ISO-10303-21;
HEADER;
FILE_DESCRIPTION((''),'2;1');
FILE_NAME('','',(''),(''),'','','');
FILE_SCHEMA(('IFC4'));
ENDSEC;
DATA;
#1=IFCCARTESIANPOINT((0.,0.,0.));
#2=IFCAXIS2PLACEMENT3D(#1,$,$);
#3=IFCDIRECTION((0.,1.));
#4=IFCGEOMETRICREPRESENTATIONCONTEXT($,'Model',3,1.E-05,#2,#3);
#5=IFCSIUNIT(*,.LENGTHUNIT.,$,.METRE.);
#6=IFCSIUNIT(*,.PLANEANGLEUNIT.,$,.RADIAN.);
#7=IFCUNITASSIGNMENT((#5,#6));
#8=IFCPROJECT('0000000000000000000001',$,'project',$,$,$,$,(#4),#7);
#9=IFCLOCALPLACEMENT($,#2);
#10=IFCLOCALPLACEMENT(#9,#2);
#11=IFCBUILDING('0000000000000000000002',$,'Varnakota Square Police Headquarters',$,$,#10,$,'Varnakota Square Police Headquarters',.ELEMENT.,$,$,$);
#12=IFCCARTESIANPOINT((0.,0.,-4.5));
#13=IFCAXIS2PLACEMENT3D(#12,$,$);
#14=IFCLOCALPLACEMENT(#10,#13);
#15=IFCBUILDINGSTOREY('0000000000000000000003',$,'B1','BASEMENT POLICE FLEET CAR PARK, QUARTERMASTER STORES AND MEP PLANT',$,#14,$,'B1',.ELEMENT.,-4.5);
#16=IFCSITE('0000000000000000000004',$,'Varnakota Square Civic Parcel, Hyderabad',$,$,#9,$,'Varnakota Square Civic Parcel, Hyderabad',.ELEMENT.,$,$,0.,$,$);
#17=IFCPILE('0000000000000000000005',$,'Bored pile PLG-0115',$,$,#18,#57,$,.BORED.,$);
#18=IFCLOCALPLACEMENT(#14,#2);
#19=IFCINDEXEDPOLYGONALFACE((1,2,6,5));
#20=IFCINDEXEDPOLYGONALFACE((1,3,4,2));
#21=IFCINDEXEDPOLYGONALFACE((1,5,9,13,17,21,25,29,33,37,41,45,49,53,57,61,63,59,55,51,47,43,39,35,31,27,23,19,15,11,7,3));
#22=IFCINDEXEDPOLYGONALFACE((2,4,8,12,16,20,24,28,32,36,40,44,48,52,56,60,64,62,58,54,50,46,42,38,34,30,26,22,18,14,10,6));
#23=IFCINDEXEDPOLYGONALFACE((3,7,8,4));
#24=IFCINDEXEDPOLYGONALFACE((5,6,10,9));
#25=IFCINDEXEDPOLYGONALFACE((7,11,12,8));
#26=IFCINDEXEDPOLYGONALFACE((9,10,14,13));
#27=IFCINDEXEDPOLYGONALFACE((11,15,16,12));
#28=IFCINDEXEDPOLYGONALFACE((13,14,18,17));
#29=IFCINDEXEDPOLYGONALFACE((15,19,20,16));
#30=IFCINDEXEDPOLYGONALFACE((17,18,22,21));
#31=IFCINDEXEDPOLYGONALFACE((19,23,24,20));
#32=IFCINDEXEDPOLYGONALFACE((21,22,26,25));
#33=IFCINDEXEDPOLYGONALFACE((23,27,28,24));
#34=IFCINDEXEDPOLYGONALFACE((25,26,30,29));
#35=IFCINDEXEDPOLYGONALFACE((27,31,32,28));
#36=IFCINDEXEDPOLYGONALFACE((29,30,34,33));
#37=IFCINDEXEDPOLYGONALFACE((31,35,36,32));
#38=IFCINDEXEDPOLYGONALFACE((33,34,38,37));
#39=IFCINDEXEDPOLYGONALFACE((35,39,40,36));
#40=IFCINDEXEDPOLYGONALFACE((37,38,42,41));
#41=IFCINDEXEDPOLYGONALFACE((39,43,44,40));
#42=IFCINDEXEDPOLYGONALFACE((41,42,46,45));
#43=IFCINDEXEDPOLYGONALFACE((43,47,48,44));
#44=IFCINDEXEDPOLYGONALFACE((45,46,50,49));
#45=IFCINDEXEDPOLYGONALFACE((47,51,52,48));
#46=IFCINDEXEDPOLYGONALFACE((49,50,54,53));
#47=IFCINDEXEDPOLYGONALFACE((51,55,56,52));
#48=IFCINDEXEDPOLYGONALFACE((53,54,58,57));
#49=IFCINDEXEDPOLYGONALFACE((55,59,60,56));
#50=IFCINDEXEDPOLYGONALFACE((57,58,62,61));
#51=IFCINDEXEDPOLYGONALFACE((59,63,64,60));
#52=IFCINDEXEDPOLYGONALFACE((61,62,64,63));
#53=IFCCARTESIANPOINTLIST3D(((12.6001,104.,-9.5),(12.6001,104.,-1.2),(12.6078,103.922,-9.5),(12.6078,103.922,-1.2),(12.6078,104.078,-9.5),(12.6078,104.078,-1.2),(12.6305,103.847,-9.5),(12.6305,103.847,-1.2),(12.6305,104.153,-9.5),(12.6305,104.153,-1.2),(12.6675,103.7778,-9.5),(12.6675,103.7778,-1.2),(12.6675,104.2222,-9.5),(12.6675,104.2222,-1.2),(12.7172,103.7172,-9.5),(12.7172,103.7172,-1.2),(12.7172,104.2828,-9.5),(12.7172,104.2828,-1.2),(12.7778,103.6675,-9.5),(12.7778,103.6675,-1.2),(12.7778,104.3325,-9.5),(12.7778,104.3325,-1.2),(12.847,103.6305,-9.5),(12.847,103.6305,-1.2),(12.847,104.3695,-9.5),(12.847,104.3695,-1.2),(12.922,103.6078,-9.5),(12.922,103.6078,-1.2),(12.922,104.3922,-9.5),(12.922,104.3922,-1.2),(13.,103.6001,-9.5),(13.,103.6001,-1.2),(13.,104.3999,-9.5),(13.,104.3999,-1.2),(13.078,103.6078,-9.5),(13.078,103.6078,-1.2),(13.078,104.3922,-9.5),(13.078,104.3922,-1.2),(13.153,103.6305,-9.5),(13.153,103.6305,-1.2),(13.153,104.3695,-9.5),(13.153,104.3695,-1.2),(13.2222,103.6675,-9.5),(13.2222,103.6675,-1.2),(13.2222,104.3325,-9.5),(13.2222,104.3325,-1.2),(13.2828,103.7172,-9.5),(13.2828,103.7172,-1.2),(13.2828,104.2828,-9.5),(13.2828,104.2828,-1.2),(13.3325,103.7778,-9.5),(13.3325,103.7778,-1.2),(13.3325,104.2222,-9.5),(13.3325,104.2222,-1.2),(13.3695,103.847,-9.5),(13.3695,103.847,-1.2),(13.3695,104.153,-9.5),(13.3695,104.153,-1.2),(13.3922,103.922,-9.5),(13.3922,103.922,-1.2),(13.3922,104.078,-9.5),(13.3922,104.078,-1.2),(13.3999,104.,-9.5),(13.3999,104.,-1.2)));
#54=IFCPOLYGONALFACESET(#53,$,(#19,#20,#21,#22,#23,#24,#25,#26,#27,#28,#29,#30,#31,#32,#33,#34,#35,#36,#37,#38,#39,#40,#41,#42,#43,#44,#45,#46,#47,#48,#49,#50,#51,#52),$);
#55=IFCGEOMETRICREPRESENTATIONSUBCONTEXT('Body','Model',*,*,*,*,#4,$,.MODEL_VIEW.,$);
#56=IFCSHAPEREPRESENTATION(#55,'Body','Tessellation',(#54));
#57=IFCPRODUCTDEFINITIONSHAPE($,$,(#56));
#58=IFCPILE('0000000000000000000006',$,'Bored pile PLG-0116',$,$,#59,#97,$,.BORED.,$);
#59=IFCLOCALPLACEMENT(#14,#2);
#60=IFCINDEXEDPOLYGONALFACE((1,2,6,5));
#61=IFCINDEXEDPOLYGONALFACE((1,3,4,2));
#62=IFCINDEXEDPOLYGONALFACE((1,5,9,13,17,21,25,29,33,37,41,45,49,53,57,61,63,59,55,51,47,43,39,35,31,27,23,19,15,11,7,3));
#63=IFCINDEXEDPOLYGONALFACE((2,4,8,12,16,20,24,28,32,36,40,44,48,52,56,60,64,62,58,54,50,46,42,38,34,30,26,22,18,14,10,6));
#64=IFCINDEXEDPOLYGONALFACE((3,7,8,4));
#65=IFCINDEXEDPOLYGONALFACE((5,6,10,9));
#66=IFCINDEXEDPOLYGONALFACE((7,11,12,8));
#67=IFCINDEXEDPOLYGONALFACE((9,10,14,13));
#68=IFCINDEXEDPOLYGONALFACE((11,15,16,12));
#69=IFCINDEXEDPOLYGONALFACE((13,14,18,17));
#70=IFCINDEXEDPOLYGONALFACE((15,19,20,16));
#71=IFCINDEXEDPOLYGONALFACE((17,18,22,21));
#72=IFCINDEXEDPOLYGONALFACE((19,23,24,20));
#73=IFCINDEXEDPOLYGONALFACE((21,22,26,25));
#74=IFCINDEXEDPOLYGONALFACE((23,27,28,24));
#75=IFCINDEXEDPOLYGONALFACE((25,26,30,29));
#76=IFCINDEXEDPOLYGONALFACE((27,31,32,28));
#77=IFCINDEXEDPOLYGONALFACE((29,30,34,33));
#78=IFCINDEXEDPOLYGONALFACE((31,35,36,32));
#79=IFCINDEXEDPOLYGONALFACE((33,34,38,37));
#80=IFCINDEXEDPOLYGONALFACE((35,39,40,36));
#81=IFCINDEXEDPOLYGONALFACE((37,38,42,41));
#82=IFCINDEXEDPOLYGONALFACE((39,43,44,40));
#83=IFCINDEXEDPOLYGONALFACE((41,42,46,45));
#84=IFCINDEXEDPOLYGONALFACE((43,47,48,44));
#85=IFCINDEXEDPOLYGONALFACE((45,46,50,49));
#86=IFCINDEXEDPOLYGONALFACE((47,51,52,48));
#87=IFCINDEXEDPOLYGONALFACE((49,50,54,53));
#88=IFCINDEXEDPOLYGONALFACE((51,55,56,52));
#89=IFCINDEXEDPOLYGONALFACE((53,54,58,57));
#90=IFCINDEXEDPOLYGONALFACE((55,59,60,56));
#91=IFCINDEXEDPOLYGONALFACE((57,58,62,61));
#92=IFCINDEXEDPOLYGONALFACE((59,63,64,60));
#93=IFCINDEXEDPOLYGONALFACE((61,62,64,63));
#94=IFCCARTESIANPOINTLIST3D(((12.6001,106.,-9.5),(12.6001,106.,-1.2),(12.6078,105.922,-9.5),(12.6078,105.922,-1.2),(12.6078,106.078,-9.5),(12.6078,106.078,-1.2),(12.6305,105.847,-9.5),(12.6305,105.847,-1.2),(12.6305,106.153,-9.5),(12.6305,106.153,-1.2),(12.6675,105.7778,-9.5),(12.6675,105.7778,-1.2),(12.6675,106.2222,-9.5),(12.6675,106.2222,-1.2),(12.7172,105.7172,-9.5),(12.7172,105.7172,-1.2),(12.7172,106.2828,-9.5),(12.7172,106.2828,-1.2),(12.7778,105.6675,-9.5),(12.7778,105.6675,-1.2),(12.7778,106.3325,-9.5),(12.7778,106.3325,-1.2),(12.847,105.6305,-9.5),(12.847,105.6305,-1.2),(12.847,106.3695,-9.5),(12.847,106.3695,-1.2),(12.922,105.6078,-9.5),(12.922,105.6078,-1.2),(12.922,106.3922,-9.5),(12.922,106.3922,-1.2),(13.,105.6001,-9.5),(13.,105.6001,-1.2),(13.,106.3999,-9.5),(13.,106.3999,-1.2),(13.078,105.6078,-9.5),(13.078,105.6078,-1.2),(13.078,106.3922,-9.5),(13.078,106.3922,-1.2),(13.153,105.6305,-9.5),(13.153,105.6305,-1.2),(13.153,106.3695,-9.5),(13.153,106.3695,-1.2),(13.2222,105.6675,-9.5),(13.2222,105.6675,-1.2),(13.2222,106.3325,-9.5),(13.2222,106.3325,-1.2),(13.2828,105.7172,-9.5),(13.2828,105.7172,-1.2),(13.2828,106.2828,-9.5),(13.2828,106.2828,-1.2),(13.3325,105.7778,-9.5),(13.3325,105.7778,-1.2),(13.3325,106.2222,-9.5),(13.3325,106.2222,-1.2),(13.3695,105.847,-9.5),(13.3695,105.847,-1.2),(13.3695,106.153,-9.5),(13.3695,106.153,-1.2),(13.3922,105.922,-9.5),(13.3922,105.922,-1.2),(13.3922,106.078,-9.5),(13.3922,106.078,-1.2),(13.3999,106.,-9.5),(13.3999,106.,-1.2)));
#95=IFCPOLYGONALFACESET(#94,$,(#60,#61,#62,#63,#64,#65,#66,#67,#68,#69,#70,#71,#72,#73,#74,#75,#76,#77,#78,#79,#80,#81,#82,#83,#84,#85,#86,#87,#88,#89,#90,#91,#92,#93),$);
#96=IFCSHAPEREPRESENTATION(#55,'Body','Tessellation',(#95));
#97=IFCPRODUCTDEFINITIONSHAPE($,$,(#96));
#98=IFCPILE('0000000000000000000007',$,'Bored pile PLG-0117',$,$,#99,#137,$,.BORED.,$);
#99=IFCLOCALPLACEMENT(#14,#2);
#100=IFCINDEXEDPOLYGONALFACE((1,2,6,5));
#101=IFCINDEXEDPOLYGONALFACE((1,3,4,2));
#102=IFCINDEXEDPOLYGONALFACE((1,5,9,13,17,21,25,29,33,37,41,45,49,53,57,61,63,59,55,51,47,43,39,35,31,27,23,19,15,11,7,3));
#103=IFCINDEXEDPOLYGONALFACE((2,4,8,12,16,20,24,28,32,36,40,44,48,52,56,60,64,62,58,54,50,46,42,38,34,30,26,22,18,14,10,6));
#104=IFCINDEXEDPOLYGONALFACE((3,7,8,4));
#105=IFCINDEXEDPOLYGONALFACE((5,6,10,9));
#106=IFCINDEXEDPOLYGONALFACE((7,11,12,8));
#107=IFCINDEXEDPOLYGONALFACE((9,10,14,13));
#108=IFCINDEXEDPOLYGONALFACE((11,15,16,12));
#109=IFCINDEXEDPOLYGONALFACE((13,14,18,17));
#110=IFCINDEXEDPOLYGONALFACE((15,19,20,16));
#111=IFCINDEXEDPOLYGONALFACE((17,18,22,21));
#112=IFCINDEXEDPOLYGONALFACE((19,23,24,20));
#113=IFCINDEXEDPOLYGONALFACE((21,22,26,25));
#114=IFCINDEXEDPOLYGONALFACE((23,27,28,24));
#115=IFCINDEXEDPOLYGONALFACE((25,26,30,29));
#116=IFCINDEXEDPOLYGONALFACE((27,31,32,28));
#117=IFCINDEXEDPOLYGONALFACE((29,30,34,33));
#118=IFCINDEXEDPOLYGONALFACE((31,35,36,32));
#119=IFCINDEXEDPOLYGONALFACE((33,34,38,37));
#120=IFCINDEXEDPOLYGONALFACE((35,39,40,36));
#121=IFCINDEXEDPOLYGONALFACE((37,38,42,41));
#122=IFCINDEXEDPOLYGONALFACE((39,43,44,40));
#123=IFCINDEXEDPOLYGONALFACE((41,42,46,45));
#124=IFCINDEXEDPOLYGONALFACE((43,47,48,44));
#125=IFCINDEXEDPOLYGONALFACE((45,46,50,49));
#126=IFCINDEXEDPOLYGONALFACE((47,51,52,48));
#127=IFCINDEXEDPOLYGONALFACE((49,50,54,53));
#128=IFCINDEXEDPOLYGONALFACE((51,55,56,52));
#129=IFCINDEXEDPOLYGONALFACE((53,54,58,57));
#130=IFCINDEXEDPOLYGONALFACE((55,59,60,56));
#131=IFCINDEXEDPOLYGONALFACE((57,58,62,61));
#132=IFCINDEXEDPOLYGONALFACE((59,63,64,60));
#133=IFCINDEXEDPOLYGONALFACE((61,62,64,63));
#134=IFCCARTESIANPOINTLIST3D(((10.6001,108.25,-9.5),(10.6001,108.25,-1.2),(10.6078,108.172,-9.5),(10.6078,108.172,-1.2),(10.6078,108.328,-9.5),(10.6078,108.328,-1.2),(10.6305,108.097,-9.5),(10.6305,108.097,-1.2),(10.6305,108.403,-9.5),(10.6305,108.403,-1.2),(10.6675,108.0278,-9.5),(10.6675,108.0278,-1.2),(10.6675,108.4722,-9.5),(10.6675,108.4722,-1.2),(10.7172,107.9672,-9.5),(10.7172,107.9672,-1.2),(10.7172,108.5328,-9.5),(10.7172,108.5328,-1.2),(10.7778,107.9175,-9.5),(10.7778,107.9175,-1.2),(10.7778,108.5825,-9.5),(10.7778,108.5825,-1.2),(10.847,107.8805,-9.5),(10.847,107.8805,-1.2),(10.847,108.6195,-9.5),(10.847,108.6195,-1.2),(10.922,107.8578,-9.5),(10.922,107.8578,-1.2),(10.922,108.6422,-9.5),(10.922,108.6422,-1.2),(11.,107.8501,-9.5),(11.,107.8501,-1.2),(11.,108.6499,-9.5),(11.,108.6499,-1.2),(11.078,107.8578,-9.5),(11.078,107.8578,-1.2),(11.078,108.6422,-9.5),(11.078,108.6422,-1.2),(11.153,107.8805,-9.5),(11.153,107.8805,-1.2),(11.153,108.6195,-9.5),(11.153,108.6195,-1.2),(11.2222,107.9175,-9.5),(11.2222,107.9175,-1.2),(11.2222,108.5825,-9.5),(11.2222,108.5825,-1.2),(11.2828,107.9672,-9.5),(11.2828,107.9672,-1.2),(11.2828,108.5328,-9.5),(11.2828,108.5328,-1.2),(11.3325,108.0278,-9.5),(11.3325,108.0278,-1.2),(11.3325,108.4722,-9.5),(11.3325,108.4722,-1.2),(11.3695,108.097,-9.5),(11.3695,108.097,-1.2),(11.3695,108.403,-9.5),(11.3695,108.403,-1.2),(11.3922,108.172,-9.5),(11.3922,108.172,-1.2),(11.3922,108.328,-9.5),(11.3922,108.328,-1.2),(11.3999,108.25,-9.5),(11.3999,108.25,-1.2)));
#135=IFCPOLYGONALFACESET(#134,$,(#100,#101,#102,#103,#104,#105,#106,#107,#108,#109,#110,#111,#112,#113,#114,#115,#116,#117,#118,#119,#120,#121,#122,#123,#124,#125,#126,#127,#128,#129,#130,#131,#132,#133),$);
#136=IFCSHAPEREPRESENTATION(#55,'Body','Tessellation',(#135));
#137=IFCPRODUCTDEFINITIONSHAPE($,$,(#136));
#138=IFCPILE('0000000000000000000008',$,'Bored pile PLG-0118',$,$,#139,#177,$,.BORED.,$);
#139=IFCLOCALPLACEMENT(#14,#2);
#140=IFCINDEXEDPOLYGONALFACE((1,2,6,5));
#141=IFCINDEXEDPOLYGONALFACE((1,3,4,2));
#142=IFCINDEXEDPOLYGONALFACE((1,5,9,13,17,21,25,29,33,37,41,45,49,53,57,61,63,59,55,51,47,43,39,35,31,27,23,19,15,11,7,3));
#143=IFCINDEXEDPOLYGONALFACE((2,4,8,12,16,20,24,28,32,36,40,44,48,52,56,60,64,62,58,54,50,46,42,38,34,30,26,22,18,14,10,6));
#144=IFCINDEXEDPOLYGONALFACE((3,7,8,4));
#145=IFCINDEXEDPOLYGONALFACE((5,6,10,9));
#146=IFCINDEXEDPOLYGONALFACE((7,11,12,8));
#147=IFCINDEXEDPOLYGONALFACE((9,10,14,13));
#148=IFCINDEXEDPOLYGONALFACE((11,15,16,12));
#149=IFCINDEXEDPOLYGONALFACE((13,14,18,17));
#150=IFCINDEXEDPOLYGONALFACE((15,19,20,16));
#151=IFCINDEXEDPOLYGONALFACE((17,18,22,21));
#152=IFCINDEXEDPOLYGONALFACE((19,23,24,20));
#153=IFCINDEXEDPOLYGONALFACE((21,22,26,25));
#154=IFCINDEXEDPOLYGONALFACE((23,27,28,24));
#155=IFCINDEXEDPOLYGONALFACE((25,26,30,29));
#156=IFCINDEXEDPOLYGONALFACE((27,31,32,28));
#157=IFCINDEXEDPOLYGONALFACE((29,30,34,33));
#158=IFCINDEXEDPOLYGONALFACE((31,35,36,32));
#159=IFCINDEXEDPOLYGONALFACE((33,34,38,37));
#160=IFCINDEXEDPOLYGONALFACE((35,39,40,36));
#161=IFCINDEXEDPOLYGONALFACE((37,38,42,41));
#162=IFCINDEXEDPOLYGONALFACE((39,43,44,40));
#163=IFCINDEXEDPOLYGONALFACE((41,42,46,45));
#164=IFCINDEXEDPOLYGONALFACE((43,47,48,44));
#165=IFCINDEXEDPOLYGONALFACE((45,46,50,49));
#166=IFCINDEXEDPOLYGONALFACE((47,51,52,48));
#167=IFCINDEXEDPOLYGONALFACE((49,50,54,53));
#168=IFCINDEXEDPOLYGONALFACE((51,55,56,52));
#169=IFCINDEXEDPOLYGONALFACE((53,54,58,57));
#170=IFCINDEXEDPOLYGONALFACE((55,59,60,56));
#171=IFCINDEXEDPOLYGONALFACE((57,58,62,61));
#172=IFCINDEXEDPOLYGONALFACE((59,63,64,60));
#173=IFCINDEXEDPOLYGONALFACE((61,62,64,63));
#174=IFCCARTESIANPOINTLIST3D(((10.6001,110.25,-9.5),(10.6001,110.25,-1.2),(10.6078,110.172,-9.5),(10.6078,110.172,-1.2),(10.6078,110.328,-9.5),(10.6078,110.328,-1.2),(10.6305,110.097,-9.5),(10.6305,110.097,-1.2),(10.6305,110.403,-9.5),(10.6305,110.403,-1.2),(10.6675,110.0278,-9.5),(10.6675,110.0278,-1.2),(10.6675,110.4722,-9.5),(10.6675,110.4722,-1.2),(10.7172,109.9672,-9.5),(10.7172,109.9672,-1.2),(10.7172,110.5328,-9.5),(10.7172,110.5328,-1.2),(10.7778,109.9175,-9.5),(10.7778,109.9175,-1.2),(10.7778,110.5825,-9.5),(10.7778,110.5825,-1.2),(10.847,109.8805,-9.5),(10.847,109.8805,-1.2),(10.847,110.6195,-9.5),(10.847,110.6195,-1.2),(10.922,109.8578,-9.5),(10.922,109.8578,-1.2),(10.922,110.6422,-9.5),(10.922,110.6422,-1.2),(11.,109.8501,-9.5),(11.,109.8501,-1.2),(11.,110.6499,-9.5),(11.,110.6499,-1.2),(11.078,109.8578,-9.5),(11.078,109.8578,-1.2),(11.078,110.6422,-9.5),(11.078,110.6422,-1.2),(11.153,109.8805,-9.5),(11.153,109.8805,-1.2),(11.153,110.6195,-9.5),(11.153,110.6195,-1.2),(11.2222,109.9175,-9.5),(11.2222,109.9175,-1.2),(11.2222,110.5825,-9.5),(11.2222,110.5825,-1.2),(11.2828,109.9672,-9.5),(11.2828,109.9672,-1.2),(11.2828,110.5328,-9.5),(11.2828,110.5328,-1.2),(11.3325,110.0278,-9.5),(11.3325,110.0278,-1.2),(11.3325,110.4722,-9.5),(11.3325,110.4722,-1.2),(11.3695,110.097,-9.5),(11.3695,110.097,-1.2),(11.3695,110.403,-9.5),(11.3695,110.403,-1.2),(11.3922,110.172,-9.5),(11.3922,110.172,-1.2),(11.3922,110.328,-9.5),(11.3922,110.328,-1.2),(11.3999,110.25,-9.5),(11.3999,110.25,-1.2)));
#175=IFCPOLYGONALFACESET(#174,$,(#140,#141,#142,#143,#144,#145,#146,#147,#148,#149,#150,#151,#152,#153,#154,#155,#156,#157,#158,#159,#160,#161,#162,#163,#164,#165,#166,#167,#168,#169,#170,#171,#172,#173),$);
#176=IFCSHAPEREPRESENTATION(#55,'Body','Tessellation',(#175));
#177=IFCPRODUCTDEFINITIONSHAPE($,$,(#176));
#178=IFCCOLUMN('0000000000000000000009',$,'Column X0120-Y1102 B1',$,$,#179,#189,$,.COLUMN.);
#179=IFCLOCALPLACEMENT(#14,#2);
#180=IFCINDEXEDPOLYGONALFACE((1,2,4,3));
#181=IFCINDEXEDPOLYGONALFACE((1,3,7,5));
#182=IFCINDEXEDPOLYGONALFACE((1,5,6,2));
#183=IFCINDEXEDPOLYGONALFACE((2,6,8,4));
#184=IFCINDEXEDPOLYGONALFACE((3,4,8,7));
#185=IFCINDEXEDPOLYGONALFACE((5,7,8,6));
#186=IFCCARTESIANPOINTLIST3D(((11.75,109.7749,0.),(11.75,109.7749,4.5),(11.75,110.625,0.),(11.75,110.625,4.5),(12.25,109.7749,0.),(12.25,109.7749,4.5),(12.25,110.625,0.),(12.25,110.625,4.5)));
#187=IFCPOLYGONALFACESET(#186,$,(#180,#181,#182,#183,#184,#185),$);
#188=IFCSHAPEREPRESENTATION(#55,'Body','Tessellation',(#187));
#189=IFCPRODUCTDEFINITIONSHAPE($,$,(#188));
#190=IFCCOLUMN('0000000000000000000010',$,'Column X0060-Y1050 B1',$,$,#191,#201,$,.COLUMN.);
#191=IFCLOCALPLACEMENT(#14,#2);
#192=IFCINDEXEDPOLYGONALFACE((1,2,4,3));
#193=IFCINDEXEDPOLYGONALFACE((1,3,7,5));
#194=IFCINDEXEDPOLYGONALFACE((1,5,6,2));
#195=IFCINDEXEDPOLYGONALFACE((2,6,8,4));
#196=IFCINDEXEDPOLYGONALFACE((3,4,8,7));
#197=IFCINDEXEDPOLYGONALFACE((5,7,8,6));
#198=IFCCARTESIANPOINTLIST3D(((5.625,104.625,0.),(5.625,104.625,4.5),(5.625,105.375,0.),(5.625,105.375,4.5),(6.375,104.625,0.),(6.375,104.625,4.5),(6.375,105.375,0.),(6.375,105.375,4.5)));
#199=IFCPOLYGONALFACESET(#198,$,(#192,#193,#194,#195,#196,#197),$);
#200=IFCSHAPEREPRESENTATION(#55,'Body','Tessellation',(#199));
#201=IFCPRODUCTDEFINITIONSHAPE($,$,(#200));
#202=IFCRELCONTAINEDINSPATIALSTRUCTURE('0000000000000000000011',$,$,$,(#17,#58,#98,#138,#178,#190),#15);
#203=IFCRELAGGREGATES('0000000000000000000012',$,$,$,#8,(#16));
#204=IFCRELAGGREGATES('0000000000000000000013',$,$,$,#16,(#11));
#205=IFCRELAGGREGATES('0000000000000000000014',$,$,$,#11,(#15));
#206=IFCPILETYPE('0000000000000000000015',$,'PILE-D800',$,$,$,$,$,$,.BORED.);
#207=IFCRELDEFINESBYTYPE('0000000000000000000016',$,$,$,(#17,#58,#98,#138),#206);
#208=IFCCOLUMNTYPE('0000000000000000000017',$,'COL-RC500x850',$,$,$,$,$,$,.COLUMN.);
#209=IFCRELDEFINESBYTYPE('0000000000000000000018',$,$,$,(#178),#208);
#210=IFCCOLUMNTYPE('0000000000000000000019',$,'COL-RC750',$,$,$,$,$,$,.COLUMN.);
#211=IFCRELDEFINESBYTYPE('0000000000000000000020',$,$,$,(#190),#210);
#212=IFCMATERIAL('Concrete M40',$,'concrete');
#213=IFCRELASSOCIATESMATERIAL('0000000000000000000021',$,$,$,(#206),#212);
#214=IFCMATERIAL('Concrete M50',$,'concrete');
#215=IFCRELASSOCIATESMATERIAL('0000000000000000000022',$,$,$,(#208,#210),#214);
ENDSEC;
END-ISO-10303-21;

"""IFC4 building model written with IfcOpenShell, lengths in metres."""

from ifc_helpers import new_model, si_unit, direction, frame, origin, origin_2d, place, context, subcontext, project, spatial, rectangle, circle, extrude, material, material_profile, profile_set, type_object, element, save


model = new_model("IFC4")

# Units and contexts
model_context = context("Model", 3, precision=1e-05, world=origin(), true_north=direction((0.0, 1.0)))
body_context = subcontext(model_context, "Body", "Model", "MODEL_VIEW")
ifc_project = project(units=[si_unit("LENGTHUNIT", "METRE"), si_unit("PLANEANGLEUNIT", "RADIAN")], contexts=[model_context])

# Site, building, storey
site_placement = place(None, origin())
site = spatial("IfcSite", under=ifc_project, at=site_placement, Name="Varnakota Square Civic Parcel, Hyderabad", LongName="Varnakota Square Civic Parcel, Hyderabad", CompositionType="ELEMENT", RefElevation=0.0)
building_placement = place(site_placement, origin())
building = spatial("IfcBuilding", under=site, at=building_placement, Name="Varnakota Square Police Headquarters", LongName="Varnakota Square Police Headquarters", CompositionType="ELEMENT")
storey_placement = place(building_placement, frame((0.0, 0.0, -4.5)))
storey = spatial("IfcBuildingStorey", under=building, at=storey_placement, Name="B1", Description="BASEMENT POLICE FLEET CAR PARK, QUARTERMASTER STORES AND MEP PLANT", LongName="B1", CompositionType="ELEMENT", Elevation=-4.5)

# Shared definitions
ifc_material_1 = material(Name="Concrete M40", Category="concrete")

# Piles
ifc_material_profile_1 = material_profile(ifc_material_1, circle(Radius=0.3999, at=origin_2d()), Name="BORED PILE 800")
ifc_profile_set_1 = profile_set([ifc_material_profile_1], Name="Concrete M40")
pile_type = type_object("IfcPileType", Name="PILE-D800", PredefinedType="BORED", material=ifc_profile_set_1)
for number, where, z_axis, x_axis, name in (
    (1, (13.0, 104.0, -1.2), (0.0, 0.0, -1.0), (1.0, 0.0, 0.0), "Bored pile PLG-0115"),
    (2, (13.0, 106.0, -1.2), (0.0, 0.0, -1.0), (1.0, 0.0, 0.0), "Bored pile PLG-0116"),
    (3, (11.0, 108.25, -1.2), (0.0, 0.0, -1.0), (1.0, 0.0, 0.0), "Bored pile PLG-0117"),
    (4, (11.0, 110.25, -1.2), (0.0, 0.0, -1.0), (1.0, 0.0, 0.0), "Bored pile PLG-0118"),
):
    element("IfcPile", number, at=place(storey_placement, frame(where, z_axis=z_axis, x_axis=x_axis)), inside=storey, type_object=pile_type, Name=name, PredefinedType="BORED", context=body_context, shape_type="SweptSolid", body=[
        extrude(circle(Radius=0.3999, at=origin_2d()), origin(), (0.0, 0.0, 1.0), 8.3),
    ])

# Columns
ifc_material_2 = material(Name="Concrete M50", Category="concrete")
ifc_material_profile_2 = material_profile(ifc_material_2, rectangle(XDim=0.5, YDim=0.8501, at=origin_2d()), Name="RC 500x850")
ifc_profile_set_2 = profile_set([ifc_material_profile_2], Name="Concrete M50")
column_type_1 = type_object("IfcColumnType", Name="COL-RC500x850", PredefinedType="COLUMN", material=ifc_profile_set_2)
column_placement = place(storey_placement, frame((12.0, 110.2, 0.0), z_axis=(0.0, 0.0, 1.0), x_axis=(1.0, 0.0, 0.0)))
element("IfcColumn", 5, at=column_placement, inside=storey, type_object=column_type_1, Name="Column X0120-Y1102 B1", PredefinedType="COLUMN", context=body_context, shape_type="SweptSolid", body=[
    extrude(rectangle(XDim=0.5, YDim=0.8501, at=origin_2d()), origin(), (0.0, 0.0, 1.0), 4.5),
])
ifc_material_profile_3 = material_profile(ifc_material_2, rectangle(XDim=0.75, YDim=0.75, at=origin_2d()), Name="RC 750x750")
ifc_profile_set_3 = profile_set([ifc_material_profile_3], Name="Concrete M50")
column_type_2 = type_object("IfcColumnType", Name="COL-RC750", PredefinedType="COLUMN", material=ifc_profile_set_3)
for number, where, z_axis, x_axis, name in (
    (6, (6.0, 105.0, 0.0), (0.0, 0.0, 1.0), (1.0, 0.0, 0.0), "Column X0060-Y1050 B1"),
):
    element("IfcColumn", number, at=place(storey_placement, frame(where, z_axis=z_axis, x_axis=x_axis)), inside=storey, type_object=column_type_2, Name=name, PredefinedType="COLUMN", context=body_context, shape_type="SweptSolid", body=[
        extrude(rectangle(XDim=0.75, YDim=0.75, at=origin_2d()), origin(), (0.0, 0.0, 1.0), 4.5),
    ])

save(model, "model.ifc")
